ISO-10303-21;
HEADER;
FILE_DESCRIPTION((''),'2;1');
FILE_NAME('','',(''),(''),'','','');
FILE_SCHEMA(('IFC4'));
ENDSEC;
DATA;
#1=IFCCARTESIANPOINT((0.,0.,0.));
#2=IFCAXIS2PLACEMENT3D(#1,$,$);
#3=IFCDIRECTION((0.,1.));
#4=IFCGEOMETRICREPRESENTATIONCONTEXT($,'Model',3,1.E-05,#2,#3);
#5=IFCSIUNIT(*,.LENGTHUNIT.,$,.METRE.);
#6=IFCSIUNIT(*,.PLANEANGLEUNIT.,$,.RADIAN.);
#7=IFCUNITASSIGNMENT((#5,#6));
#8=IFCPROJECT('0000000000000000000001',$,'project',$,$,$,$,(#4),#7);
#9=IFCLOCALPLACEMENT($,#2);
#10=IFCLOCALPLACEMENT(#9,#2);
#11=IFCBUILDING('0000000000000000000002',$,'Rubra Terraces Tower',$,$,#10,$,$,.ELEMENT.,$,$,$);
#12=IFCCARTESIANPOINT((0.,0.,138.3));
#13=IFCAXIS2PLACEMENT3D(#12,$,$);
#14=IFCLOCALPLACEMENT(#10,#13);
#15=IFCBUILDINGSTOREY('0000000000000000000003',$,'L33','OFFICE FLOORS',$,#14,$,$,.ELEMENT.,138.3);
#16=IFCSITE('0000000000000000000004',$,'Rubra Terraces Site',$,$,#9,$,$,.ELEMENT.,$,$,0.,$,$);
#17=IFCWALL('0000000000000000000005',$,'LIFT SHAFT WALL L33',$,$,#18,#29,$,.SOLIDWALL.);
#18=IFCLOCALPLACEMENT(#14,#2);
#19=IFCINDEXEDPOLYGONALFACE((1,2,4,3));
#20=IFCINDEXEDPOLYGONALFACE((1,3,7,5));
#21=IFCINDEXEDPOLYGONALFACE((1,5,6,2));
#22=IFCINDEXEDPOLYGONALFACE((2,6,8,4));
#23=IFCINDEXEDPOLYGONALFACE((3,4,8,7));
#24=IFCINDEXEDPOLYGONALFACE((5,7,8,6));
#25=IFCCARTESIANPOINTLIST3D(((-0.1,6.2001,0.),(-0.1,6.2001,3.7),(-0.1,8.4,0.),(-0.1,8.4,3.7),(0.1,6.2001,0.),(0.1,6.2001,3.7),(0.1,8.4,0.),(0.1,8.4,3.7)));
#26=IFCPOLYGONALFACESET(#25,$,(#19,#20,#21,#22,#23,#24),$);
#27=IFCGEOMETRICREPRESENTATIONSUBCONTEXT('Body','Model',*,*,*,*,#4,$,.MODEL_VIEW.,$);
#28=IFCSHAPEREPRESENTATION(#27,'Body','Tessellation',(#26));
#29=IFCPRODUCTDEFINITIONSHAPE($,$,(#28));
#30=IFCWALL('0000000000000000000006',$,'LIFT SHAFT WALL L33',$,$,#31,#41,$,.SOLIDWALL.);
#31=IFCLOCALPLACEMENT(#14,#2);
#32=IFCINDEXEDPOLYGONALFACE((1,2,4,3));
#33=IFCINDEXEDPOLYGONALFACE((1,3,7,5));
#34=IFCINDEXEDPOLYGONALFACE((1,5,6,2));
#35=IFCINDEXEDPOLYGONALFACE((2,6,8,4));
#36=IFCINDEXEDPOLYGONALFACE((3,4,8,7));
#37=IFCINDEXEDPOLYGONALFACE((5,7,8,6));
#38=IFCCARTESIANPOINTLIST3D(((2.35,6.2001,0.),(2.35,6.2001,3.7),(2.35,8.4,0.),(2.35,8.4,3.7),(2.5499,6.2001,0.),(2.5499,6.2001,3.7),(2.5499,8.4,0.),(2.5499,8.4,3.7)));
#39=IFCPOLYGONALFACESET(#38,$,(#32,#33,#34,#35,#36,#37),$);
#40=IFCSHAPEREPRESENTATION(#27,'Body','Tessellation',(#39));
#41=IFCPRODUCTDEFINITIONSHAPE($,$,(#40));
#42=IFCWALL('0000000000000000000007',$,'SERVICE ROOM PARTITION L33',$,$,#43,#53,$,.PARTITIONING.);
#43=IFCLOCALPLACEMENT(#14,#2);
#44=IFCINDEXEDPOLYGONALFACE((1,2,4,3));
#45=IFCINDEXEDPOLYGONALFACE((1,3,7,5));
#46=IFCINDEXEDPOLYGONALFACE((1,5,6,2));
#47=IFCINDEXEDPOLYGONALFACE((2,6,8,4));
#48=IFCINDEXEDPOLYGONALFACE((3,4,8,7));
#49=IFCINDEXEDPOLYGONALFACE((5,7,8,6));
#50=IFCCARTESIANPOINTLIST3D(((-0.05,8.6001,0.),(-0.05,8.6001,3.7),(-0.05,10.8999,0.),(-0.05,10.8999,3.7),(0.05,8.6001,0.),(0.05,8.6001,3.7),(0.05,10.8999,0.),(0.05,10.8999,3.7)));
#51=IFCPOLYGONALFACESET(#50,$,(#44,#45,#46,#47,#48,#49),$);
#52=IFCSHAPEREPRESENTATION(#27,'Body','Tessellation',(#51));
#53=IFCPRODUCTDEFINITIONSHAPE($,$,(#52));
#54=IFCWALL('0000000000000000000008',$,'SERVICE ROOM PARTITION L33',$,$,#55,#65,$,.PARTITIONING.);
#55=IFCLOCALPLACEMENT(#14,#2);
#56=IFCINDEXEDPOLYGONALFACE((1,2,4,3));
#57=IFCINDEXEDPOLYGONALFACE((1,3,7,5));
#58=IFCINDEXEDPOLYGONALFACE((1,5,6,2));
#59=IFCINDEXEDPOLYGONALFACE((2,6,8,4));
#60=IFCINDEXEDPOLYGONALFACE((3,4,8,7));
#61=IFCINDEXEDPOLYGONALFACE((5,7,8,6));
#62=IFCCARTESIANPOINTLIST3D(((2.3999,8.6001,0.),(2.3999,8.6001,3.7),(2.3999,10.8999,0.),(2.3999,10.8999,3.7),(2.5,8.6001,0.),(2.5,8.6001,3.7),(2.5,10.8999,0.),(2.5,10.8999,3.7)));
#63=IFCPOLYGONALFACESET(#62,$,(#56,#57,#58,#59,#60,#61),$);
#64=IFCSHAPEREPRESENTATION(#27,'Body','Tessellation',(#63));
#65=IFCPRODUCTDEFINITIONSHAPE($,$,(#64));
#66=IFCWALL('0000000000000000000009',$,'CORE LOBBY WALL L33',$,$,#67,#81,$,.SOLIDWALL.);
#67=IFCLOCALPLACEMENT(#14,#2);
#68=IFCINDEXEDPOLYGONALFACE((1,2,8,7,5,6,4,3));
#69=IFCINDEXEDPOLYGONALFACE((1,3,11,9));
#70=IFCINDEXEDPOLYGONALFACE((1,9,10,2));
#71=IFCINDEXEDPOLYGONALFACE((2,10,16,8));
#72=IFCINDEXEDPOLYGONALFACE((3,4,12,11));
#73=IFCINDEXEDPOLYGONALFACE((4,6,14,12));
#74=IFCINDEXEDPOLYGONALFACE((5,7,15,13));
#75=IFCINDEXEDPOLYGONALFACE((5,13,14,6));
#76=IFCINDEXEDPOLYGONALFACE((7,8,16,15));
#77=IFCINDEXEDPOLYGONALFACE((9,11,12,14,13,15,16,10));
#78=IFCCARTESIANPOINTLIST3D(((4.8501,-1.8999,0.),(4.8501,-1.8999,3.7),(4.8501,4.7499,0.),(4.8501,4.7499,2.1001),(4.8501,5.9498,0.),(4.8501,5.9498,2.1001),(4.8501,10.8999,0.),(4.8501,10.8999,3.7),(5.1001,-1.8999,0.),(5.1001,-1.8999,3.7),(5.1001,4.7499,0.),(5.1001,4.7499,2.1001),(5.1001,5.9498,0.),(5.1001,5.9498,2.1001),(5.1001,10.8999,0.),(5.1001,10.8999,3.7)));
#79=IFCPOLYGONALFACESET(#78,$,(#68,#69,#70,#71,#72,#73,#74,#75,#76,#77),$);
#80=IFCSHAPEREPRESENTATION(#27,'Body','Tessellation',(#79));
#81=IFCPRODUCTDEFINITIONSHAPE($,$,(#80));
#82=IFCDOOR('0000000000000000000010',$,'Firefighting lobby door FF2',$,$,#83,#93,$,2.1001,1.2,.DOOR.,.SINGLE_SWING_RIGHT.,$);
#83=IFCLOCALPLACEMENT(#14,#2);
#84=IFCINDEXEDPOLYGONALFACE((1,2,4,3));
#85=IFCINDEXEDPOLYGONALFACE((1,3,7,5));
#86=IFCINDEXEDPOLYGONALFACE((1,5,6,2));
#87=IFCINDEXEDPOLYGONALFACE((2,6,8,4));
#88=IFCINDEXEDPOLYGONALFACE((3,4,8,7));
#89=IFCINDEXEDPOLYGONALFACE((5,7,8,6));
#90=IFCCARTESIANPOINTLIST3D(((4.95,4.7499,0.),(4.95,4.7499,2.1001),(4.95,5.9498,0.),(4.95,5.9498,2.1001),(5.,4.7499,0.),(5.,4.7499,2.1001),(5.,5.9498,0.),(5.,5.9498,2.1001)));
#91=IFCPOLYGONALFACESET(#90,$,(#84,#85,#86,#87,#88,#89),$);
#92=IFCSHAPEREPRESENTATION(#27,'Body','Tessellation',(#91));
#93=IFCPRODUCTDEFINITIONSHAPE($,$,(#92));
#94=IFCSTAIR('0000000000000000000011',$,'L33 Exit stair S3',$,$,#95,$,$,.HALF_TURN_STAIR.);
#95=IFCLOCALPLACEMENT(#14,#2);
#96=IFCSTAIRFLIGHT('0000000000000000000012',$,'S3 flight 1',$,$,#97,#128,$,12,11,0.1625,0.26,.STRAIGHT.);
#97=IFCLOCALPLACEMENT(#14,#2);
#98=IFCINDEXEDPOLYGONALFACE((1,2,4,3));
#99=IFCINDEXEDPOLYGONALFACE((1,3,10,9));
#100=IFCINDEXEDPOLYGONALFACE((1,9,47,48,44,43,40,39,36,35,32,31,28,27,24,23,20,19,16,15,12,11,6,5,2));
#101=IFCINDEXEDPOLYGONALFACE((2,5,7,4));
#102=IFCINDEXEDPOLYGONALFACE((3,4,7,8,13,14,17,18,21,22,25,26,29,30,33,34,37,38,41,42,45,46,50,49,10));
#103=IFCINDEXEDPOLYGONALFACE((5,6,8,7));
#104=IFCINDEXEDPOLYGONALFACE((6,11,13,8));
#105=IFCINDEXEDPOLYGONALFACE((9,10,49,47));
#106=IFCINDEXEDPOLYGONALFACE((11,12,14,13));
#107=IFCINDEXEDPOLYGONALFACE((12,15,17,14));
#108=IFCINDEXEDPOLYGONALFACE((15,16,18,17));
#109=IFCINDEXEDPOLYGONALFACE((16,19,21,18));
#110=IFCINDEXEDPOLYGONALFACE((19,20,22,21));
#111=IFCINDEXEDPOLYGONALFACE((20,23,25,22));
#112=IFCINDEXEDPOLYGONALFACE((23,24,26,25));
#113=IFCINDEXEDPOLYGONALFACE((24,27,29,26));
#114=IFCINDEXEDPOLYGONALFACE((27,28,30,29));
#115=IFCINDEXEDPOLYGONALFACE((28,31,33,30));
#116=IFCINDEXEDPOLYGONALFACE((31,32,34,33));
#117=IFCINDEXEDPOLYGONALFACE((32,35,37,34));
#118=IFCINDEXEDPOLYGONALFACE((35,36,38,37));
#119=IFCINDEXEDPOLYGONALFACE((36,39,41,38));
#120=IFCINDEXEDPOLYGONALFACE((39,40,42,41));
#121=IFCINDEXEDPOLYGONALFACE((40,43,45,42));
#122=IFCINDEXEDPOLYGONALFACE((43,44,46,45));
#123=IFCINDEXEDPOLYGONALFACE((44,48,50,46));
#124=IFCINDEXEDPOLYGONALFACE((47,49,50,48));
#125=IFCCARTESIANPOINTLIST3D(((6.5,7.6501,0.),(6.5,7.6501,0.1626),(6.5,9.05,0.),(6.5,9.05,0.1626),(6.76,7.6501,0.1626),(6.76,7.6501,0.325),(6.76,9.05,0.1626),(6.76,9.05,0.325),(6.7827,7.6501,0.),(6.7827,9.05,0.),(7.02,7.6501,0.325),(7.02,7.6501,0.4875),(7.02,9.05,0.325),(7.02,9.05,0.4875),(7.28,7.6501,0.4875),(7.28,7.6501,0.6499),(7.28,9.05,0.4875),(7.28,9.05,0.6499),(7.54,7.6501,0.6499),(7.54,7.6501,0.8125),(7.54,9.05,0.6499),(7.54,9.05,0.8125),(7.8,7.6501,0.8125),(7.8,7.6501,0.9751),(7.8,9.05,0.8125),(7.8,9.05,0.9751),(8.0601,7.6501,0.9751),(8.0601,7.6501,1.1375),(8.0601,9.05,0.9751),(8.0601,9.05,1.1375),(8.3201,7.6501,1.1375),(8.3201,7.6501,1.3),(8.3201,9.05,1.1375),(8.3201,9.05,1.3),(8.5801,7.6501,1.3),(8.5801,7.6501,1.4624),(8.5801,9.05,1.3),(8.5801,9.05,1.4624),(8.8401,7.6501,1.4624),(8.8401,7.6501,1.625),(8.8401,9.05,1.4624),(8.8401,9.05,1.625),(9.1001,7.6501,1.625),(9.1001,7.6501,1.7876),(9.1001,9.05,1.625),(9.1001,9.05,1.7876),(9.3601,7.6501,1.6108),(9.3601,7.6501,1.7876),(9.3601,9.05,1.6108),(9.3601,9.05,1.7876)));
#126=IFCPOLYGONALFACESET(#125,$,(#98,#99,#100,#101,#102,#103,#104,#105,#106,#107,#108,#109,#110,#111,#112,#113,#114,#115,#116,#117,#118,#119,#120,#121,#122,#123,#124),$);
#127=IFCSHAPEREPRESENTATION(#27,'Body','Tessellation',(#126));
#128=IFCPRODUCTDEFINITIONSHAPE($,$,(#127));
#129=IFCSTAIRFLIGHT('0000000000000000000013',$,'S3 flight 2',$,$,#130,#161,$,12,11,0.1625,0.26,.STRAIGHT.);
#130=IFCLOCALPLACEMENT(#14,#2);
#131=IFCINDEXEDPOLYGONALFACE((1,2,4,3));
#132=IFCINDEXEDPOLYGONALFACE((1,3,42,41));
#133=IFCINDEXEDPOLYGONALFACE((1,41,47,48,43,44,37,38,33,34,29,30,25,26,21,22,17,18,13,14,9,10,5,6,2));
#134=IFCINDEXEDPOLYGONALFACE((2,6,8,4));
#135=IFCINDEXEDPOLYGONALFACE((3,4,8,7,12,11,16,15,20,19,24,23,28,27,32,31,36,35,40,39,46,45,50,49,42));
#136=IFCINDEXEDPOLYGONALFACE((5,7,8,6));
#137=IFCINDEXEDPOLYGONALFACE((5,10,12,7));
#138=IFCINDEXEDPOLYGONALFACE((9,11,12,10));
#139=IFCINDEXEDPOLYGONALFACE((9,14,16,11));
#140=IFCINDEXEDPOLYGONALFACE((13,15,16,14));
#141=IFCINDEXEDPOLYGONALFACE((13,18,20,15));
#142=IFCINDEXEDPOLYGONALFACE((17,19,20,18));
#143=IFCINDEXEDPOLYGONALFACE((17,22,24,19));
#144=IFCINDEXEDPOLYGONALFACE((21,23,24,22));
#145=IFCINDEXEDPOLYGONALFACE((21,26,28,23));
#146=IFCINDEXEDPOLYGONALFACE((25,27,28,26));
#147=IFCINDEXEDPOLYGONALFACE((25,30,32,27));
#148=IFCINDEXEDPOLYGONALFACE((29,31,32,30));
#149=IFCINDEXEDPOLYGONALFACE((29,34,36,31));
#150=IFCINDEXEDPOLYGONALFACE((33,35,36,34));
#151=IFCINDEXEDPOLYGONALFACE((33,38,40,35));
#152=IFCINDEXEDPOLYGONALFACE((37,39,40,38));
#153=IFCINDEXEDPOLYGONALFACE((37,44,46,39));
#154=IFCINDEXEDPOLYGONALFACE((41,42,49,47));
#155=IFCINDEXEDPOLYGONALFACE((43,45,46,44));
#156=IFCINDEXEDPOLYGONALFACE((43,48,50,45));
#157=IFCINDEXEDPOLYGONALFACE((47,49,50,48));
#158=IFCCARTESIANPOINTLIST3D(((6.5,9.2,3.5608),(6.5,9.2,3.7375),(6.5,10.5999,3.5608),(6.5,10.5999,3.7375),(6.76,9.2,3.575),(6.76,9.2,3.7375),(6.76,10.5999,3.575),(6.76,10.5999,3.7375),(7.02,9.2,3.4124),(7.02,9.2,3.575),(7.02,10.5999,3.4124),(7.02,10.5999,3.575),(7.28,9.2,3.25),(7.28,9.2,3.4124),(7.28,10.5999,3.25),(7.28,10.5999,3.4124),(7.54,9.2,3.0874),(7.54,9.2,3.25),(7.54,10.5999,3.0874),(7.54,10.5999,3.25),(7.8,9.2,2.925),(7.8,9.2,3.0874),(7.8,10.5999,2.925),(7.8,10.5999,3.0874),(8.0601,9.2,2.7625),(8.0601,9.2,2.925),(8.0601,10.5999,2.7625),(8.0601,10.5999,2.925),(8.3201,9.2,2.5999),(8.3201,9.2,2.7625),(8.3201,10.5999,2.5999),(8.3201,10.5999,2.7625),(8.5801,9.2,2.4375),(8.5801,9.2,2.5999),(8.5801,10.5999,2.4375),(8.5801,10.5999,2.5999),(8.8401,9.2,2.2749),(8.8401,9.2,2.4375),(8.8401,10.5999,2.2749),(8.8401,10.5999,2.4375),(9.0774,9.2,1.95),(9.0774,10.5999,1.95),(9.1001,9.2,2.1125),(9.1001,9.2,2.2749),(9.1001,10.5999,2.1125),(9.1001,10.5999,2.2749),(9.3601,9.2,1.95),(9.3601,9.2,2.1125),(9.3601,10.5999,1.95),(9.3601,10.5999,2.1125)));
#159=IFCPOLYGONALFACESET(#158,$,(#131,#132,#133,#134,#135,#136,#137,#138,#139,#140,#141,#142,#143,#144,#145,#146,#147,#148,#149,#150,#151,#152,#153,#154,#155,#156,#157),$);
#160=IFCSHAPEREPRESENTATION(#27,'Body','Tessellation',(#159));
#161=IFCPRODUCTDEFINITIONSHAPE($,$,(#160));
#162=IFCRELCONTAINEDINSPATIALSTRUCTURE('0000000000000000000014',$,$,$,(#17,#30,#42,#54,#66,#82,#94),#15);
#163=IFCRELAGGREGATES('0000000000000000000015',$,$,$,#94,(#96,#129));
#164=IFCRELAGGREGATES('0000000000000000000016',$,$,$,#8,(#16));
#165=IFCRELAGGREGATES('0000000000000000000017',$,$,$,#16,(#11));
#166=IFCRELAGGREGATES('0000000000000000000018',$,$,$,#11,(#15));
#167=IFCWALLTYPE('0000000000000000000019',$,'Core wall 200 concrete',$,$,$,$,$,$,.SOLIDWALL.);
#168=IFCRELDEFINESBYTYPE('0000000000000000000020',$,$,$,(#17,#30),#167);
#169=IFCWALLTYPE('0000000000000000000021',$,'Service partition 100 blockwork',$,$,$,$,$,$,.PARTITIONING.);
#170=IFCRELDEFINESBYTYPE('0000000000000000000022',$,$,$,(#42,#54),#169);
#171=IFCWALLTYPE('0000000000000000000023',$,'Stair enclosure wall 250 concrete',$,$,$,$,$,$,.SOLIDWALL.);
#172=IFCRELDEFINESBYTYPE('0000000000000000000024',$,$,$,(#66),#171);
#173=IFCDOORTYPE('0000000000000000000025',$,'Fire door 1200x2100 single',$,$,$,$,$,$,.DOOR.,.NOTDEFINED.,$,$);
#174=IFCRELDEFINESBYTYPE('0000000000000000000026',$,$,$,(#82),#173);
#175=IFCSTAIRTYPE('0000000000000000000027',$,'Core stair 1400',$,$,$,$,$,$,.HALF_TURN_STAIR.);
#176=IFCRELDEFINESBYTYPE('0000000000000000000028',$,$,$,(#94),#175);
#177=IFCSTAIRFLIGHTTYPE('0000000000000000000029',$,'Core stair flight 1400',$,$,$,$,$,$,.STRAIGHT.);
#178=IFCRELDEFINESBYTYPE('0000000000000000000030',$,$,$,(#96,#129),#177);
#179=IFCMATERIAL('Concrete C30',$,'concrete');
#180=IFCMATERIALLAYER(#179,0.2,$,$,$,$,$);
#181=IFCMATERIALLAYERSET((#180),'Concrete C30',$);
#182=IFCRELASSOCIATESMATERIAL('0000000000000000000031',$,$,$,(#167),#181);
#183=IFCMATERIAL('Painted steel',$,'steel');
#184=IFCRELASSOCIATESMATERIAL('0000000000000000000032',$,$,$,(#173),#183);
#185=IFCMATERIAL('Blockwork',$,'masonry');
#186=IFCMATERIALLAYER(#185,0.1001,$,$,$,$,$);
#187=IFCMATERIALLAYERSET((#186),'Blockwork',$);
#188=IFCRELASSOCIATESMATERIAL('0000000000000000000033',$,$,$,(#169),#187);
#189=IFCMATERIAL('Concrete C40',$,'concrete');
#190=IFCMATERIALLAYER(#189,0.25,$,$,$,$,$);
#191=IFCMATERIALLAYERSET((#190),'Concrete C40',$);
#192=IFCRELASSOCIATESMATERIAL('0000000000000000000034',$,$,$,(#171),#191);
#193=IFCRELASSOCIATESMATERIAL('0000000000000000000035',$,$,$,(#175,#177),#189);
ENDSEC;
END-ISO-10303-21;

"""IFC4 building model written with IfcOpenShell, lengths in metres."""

from ifc_helpers import new_model, si_unit, direction, frame, frame_2d, origin, place, context, subcontext, project, spatial, polyline, rectangle, outline, extrude, material, layer, layer_set, type_object, element, fill, aggregate, save


model = new_model("IFC4")

# Units and contexts
model_context = context("Model", 3, precision=1e-05, world=origin(), true_north=direction((0.0, 1.0)))
body_context = subcontext(model_context, "Body", "Model", "MODEL_VIEW")
ifc_project = project(units=[si_unit("LENGTHUNIT", "METRE"), si_unit("PLANEANGLEUNIT", "RADIAN")], contexts=[model_context])

# Site, building, storey
site_placement = place(None, origin())
site = spatial("IfcSite", under=ifc_project, at=site_placement, Name="Rubra Terraces Site", CompositionType="ELEMENT", RefElevation=0.0)
building_placement = place(site_placement, origin())
building = spatial("IfcBuilding", under=site, at=building_placement, Name="Rubra Terraces Tower", CompositionType="ELEMENT")
storey_placement = place(building_placement, frame((0.0, 0.0, 138.3)))
storey = spatial("IfcBuildingStorey", under=building, at=storey_placement, Name="L33", Description="OFFICE FLOORS", CompositionType="ELEMENT", Elevation=138.3)

# Shared definitions
ifc_material_1 = material(Name="Concrete C40", Category="concrete")

# Shared definitions
ifc_material_2 = material(Name="Concrete C30", Category="concrete")
ifc_layer_1 = layer(ifc_material_2, 0.2)
ifc_layer_set_1 = layer_set([ifc_layer_1], Name="Concrete C30")
wall_type_1 = type_object("IfcWallType", Name="Core wall 200 concrete", PredefinedType="SOLIDWALL", material=ifc_layer_set_1)
ifc_material_3 = material(Name="Painted steel", Category="steel")
door_type_1 = type_object("IfcDoorType", Name="Fire door 1200x2100 single", OperationType="NOTDEFINED", PredefinedType="DOOR", material=ifc_material_3)

# Walls
for number, where, z_axis, x_axis, name in (
    (1, (0.0, 6.2, 0.0), (0.0, 0.0, 1.0), (0.0, 1.0, 0.0), "LIFT SHAFT WALL L33"),
    (2, (2.45, 6.2, 0.0), (0.0, 0.0, 1.0), (0.0, 1.0, 0.0), "LIFT SHAFT WALL L33"),
):
    element("IfcWall", number, at=place(storey_placement, frame(where, z_axis=z_axis, x_axis=x_axis)), inside=storey, type_object=wall_type_1, Name=name, PredefinedType="SOLIDWALL", context=body_context, shape_type="SweptSolid", body=[
        extrude(rectangle(XDim=2.2, YDim=0.2, at=frame_2d((1.1001, 0.0))), origin(), (0.0, 0.0, 1.0), 3.7),
    ])
ifc_material_4 = material(Name="Blockwork", Category="masonry")
ifc_layer_2 = layer(ifc_material_4, 0.1001)
ifc_layer_set_2 = layer_set([ifc_layer_2], Name="Blockwork")
wall_type_2 = type_object("IfcWallType", Name="Service partition 100 blockwork", PredefinedType="PARTITIONING", material=ifc_layer_set_2)
for number, where, z_axis, x_axis, name in (
    (3, (0.0, 8.6001, 0.0), (0.0, 0.0, 1.0), (0.0, 1.0, 0.0), "SERVICE ROOM PARTITION L33"),
    (4, (2.45, 8.6001, 0.0), (0.0, 0.0, 1.0), (0.0, 1.0, 0.0), "SERVICE ROOM PARTITION L33"),
):
    element("IfcWall", number, at=place(storey_placement, frame(where, z_axis=z_axis, x_axis=x_axis)), inside=storey, type_object=wall_type_2, Name=name, PredefinedType="PARTITIONING", context=body_context, shape_type="SweptSolid", body=[
        extrude(rectangle(XDim=2.2998, YDim=0.1001, at=frame_2d((1.1499, 0.0))), origin(), (0.0, 0.0, 1.0), 3.7),
    ])

# Wall, opening, door
ifc_layer_3 = layer(ifc_material_1, 0.25)
ifc_layer_set_3 = layer_set([ifc_layer_3], Name="Concrete C40")
wall_type_3 = type_object("IfcWallType", Name="Stair enclosure wall 250 concrete", PredefinedType="SOLIDWALL", material=ifc_layer_set_3)
wall_1_placement = place(storey_placement, frame((4.9751, 10.8999, 0.0), z_axis=(0.0, 0.0, 1.0), x_axis=(0.0, -1.0, 0.0)))
wall_1 = element("IfcWall", 5, at=wall_1_placement, inside=storey, type_object=wall_type_3, Name="CORE LOBBY WALL L33", PredefinedType="SOLIDWALL", context=body_context, shape_type="SweptSolid", body=[
    extrude(rectangle(XDim=12.7998, YDim=0.25, at=frame_2d((6.3999, 0.0))), origin(), (0.0, 0.0, 1.0), 3.7),
])
opening_1_placement = place(wall_1_placement, frame((4.95, 0.0, 0.0)))
opening_1 = element("IfcOpeningElement", 6, at=opening_1_placement, cuts=wall_1, PredefinedType="OPENING", context=body_context, shape_type="SweptSolid", body=[
    extrude(rectangle(XDim=1.2, YDim=2.1001, at=frame_2d((0.6001, 1.05))), frame((0.0, 0.135, 0.0), z_axis=(0.0, -1.0, 0.0), x_axis=(1.0, 0.0, 0.0)), (0.0, 0.0, 1.0), 0.27),
])
door_1_placement = place(opening_1_placement, origin())
door_1 = element("IfcDoor", 7, at=door_1_placement, inside=storey, type_object=door_type_1, Name="Firefighting lobby door FF2", OperationType="SINGLE_SWING_RIGHT", OverallHeight=2.1001, OverallWidth=1.2, PredefinedType="DOOR", context=body_context, shape_type="SweptSolid", body=[
    extrude(rectangle(XDim=1.2, YDim=2.1001, at=frame_2d((0.6001, 1.05))), frame((0.0, 0.0249, 0.0), z_axis=(0.0, -1.0, 0.0), x_axis=(1.0, 0.0, 0.0)), (0.0, 0.0, 1.0), 0.05),
])
fill(opening_1, door_1)

# Stair, stair flights
stair_type = type_object("IfcStairType", Name="Core stair 1400", PredefinedType="HALF_TURN_STAIR", material=ifc_material_1)
stair_placement = place(storey_placement, origin())
stair = element("IfcStair", 8, at=stair_placement, inside=storey, type_object=stair_type, Name="L33 Exit stair S3", PredefinedType="HALF_TURN_STAIR")
stair_flight_type = type_object("IfcStairFlightType", Name="Core stair flight 1400", PredefinedType="STRAIGHT", material=ifc_material_1)
stair_flight_1_placement = place(storey_placement, frame((6.5, 8.3501, 0.0), z_axis=(0.0, 0.0, 1.0), x_axis=(1.0, 0.0, 0.0)))
stair_flight_1 = element("IfcStairFlight", 9, at=stair_flight_1_placement, type_object=stair_flight_type, Name="S3 flight 1", NumberOfRisers=12, NumberOfTreads=11, PredefinedType="STRAIGHT", RiserHeight=0.1625, TreadLength=0.26, context=body_context, shape_type="SweptSolid", body=[
    extrude(outline(polyline([(0.0, 0.0), (0.0, 0.1626), (0.26, 0.1626), (0.26, 0.325), (0.52, 0.325), (0.52, 0.4875), (0.78, 0.4875), (0.78, 0.6499), (1.04, 0.6499), (1.04, 0.8125), (1.3, 0.8125), (1.3, 0.9751), (1.5601, 0.9751), (1.5601, 1.1375), (1.8201, 1.1375), (1.8201, 1.3), (2.0801, 1.3), (2.0801, 1.4624), (2.3401, 1.4624), (2.3401, 1.625), (2.6001, 1.625), (2.6001, 1.7876), (2.8601, 1.7876), (2.8601, 1.95), (2.8601, 1.6108), (0.2827, 0.0), (0.0, 0.0)])), frame((0.0, 0.7, 0.0), z_axis=(0.0, -1.0, 0.0), x_axis=(1.0, 0.0, 0.0)), (0.0, 0.0, 1.0), 1.3999),
])
stair_flight_2_placement = place(storey_placement, frame((9.3601, 9.8999, 1.95), z_axis=(0.0, 0.0, 1.0), x_axis=(-1.0, 0.0, 0.0)))
stair_flight_2 = element("IfcStairFlight", 10, at=stair_flight_2_placement, type_object=stair_flight_type, Name="S3 flight 2", NumberOfRisers=12, NumberOfTreads=11, PredefinedType="STRAIGHT", RiserHeight=0.1625, TreadLength=0.26, context=body_context, shape_type="SweptSolid", body=[
    extrude(outline(polyline([(0.0, 0.0), (0.0, 0.1626), (0.26, 0.1626), (0.26, 0.325), (0.52, 0.325), (0.52, 0.4875), (0.78, 0.4875), (0.78, 0.6499), (1.04, 0.6499), (1.04, 0.8125), (1.3, 0.8125), (1.3, 0.9751), (1.5601, 0.9751), (1.5601, 1.1375), (1.8201, 1.1375), (1.8201, 1.3), (2.0801, 1.3), (2.0801, 1.4624), (2.3401, 1.4624), (2.3401, 1.625), (2.6001, 1.625), (2.6001, 1.7876), (2.8601, 1.7876), (2.8601, 1.95), (2.8601, 1.6108), (0.2827, 0.0), (0.0, 0.0)])), frame((0.0, 0.7, 0.0), z_axis=(0.0, -1.0, 0.0), x_axis=(1.0, 0.0, 0.0)), (0.0, 0.0, 1.0), 1.3999),
])
aggregate(stair, [stair_flight_1, stair_flight_2])

save(model, "model.ifc")
